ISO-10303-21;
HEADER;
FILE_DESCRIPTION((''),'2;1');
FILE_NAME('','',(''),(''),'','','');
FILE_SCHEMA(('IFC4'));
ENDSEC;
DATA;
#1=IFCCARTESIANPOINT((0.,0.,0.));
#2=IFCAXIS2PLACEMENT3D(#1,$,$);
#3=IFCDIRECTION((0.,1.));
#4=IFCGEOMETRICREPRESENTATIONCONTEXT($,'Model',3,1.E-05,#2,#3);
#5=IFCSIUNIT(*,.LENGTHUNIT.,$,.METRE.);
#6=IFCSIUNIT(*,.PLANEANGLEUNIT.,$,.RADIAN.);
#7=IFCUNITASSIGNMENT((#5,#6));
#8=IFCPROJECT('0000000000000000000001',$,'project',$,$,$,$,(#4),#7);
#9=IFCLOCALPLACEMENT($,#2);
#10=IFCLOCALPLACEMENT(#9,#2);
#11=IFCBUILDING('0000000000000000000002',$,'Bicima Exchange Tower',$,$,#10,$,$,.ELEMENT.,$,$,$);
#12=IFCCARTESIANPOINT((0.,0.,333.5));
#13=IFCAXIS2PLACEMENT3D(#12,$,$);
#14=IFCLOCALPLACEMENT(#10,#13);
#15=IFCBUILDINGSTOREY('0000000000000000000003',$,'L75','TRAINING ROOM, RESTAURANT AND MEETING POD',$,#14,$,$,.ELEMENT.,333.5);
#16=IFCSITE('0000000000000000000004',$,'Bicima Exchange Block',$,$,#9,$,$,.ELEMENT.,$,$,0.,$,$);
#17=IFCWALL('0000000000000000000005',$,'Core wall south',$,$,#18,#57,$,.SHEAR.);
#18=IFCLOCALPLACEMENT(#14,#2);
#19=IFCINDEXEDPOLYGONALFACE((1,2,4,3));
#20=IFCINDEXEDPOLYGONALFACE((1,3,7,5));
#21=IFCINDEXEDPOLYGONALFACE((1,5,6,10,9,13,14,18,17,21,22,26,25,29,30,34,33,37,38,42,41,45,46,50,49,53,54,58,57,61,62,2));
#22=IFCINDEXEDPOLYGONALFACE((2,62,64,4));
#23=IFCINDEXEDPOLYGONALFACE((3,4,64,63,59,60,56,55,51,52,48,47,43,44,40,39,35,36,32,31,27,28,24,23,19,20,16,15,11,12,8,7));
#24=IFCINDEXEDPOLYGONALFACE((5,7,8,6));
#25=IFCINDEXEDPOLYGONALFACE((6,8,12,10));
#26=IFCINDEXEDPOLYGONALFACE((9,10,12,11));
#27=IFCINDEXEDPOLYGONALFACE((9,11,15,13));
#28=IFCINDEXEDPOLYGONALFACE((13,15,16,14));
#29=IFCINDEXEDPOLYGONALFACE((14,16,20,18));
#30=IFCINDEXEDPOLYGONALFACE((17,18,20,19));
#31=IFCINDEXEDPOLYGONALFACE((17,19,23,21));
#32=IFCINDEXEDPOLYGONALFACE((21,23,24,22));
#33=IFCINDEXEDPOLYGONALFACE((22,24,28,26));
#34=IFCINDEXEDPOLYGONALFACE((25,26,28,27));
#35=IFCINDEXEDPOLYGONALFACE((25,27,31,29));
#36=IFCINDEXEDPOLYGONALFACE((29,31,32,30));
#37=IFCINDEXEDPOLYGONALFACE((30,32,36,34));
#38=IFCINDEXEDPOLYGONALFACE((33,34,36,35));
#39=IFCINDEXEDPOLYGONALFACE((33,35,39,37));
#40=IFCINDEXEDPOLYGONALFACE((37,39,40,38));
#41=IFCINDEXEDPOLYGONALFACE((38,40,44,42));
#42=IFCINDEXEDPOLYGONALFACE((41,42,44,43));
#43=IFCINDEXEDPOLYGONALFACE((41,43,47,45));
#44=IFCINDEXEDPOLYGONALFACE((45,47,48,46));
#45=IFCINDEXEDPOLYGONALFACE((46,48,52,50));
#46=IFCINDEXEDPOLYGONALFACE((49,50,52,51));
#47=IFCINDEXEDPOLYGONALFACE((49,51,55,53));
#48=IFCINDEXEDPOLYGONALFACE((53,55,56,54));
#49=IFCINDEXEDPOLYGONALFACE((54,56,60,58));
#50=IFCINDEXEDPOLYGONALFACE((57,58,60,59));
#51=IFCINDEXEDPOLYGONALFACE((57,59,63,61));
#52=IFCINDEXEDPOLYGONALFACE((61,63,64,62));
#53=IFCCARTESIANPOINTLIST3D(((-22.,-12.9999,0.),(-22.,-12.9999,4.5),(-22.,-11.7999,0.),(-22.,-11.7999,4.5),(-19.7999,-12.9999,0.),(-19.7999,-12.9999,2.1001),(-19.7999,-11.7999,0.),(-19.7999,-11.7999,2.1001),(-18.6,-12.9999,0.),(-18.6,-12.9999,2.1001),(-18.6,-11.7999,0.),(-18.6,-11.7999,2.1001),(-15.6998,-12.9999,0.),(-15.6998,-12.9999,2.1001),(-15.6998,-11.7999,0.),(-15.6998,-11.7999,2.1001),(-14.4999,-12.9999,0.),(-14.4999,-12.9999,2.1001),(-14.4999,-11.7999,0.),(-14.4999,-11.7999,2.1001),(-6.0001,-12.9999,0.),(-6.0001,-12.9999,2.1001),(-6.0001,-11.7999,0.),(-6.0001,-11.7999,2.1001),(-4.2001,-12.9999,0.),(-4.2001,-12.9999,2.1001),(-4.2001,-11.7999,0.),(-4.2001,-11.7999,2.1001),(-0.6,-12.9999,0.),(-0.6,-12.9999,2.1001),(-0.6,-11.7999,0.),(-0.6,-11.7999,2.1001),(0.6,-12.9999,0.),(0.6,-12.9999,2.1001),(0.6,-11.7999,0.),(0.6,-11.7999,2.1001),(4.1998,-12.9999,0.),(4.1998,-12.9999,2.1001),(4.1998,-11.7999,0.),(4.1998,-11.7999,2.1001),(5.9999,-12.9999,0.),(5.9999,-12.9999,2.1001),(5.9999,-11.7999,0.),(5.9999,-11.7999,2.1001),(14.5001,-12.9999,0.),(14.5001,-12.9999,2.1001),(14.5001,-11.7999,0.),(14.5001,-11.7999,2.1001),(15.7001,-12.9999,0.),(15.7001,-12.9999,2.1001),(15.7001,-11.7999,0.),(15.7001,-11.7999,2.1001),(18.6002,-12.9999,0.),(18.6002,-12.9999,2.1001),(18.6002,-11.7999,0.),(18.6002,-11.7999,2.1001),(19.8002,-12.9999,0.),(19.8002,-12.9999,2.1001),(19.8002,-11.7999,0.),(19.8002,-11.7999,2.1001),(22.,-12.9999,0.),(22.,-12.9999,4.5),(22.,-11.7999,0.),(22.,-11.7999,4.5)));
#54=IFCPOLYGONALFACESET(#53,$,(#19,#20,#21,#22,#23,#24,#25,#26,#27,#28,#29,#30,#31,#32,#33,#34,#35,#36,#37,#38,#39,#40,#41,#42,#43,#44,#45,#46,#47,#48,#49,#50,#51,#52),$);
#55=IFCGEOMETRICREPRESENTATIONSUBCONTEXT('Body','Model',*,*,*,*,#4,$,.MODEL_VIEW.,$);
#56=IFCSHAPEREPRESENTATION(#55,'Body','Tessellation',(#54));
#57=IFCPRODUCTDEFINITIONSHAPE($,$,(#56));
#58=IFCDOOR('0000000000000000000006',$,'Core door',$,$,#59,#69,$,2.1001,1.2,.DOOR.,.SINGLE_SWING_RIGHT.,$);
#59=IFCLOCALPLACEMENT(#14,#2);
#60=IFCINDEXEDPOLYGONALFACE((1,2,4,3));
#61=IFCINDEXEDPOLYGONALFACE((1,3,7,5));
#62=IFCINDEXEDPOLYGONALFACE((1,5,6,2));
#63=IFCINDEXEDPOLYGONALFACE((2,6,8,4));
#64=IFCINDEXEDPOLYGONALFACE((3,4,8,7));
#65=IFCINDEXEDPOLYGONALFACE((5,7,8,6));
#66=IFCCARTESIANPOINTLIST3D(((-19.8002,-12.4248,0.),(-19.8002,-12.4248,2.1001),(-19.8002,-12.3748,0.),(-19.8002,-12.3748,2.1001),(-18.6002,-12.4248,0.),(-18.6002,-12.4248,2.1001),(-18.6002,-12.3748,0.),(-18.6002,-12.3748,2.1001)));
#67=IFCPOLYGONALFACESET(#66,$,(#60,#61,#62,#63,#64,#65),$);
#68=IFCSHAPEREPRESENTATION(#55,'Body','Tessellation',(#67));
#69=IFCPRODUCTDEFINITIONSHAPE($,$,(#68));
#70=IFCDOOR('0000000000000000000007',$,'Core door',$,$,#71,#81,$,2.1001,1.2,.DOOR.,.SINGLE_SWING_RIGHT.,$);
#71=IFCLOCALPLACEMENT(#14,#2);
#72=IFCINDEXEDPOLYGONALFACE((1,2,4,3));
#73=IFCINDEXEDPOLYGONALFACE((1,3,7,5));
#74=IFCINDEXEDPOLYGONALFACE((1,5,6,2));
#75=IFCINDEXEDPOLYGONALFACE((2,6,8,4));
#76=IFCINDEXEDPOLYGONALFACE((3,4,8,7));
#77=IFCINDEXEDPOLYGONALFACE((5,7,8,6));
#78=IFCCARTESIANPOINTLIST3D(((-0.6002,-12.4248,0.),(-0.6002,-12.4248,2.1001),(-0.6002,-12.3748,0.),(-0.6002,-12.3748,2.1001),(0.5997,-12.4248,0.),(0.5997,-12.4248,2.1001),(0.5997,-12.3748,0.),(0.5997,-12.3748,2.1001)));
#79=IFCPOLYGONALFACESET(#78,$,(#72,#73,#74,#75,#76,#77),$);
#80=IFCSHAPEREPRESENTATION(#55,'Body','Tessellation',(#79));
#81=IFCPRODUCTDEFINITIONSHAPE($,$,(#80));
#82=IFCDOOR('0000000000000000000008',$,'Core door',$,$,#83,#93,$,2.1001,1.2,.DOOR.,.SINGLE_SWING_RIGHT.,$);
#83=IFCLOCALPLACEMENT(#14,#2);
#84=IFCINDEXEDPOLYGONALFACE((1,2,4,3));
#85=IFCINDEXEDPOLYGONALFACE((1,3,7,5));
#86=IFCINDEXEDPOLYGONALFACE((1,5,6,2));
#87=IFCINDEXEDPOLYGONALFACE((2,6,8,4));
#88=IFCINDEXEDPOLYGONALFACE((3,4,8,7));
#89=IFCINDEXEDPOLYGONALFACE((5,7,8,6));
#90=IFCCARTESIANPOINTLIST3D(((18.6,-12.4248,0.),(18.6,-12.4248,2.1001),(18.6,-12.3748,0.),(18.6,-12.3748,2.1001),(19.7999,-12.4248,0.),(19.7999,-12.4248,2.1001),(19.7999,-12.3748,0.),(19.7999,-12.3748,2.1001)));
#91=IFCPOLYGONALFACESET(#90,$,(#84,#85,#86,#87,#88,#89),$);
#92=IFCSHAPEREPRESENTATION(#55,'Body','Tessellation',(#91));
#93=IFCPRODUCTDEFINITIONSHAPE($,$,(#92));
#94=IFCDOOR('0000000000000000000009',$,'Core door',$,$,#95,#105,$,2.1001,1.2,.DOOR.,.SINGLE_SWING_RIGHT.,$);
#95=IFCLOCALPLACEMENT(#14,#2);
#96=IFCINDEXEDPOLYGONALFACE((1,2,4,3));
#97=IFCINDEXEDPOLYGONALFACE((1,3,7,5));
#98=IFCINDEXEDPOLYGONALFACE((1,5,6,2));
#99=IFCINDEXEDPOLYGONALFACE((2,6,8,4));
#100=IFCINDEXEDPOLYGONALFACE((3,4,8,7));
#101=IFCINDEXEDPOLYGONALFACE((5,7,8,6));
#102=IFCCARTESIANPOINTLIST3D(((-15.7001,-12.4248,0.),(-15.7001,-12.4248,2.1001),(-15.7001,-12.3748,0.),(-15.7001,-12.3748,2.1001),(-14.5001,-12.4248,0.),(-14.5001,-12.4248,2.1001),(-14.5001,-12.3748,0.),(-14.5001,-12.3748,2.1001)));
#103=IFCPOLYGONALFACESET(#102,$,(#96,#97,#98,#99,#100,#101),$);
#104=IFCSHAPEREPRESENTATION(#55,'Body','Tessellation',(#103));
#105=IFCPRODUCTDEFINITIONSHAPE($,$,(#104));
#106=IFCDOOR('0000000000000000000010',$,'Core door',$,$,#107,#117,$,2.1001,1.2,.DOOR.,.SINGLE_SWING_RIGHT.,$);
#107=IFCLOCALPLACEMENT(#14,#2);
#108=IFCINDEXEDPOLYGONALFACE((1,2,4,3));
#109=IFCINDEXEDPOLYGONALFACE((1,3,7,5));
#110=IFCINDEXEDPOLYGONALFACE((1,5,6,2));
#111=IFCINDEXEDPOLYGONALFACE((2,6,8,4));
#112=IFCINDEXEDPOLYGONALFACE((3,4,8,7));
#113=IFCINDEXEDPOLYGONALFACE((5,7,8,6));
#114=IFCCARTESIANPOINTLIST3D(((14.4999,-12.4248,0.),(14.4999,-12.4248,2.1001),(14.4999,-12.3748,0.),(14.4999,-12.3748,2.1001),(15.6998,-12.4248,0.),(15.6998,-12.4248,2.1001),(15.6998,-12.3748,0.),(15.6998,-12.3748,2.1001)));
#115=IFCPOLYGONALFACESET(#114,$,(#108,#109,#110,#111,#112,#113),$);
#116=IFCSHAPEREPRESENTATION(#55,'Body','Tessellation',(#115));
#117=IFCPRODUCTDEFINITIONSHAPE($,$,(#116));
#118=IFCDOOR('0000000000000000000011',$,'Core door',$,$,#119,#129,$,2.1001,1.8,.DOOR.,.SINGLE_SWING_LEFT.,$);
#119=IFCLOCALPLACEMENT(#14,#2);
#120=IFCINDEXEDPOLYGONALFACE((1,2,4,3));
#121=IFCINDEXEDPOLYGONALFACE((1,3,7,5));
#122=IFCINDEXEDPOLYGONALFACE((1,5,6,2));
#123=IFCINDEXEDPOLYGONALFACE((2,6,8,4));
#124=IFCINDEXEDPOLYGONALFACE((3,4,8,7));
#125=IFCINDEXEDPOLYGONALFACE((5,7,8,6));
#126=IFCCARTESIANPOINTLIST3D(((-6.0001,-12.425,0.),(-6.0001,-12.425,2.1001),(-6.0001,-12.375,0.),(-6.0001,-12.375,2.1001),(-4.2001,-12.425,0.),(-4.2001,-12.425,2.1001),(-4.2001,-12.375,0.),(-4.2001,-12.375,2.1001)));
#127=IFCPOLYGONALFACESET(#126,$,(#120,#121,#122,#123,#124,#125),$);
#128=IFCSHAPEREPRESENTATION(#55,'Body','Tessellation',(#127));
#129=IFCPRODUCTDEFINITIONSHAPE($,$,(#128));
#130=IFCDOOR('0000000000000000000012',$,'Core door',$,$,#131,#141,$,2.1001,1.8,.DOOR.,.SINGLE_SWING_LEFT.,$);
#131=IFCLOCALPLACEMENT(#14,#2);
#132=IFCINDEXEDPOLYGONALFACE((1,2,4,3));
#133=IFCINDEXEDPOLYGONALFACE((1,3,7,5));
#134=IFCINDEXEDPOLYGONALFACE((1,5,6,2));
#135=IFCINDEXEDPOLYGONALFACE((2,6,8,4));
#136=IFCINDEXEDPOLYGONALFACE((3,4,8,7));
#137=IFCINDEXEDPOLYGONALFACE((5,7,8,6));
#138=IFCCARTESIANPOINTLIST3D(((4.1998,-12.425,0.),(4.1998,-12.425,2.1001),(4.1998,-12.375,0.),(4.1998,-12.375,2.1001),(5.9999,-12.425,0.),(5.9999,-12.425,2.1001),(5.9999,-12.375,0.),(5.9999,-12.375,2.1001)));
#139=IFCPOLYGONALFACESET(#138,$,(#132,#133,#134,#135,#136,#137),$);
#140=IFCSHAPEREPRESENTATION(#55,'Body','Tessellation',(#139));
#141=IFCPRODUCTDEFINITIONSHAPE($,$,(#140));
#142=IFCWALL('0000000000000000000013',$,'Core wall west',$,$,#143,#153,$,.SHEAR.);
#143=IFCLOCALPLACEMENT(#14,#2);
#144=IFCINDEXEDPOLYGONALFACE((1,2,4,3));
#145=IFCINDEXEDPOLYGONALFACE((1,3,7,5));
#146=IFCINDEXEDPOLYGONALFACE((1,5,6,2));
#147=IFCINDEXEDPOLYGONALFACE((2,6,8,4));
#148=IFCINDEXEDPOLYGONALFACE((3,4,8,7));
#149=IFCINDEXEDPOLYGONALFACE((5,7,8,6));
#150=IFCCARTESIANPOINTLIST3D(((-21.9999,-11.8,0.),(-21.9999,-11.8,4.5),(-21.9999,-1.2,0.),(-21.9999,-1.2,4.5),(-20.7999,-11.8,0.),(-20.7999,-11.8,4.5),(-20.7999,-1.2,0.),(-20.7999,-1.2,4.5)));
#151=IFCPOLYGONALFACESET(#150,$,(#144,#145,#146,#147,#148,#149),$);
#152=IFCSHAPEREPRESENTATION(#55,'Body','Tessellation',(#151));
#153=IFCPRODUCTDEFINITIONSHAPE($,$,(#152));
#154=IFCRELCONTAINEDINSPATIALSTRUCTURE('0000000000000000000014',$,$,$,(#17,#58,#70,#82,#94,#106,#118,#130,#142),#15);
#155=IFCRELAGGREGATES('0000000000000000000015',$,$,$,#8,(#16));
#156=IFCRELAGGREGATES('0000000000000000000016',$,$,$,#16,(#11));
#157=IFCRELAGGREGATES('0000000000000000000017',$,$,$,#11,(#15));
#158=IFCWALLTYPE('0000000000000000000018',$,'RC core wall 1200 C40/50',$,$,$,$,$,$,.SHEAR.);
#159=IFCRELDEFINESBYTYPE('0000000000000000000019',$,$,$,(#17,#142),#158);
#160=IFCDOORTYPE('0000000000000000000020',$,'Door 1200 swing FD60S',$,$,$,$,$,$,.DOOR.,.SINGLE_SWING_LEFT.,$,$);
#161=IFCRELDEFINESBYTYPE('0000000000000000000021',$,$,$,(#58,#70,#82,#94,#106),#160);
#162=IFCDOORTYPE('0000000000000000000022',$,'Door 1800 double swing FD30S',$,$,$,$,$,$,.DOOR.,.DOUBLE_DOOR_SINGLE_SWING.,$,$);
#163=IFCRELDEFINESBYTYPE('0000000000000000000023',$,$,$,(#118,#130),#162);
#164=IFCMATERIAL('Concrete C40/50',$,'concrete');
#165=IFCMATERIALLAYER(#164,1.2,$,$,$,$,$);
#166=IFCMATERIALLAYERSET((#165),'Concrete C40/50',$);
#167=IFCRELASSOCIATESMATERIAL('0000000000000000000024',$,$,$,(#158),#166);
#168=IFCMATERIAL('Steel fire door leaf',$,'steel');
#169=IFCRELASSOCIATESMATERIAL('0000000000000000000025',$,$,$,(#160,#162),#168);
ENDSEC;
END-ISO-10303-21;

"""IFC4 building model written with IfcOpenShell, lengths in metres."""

from ifc_helpers import new_model, si_unit, direction, frame, frame_2d, origin, place, context, subcontext, project, spatial, rectangle, extrude, material, layer, layer_set, type_object, element, fill, save


model = new_model("IFC4")

# Units and contexts
model_context = context("Model", 3, precision=1e-05, world=origin(), true_north=direction((0.0, 1.0)))
body_context = subcontext(model_context, "Body", "Model", "MODEL_VIEW")
ifc_project = project(units=[si_unit("LENGTHUNIT", "METRE"), si_unit("PLANEANGLEUNIT", "RADIAN")], contexts=[model_context])

# Site, building, storey
site_placement = place(None, origin())
site = spatial("IfcSite", under=ifc_project, at=site_placement, Name="Bicima Exchange Block", CompositionType="ELEMENT", RefElevation=0.0)
building_placement = place(site_placement, origin())
building = spatial("IfcBuilding", under=site, at=building_placement, Name="Bicima Exchange Tower", CompositionType="ELEMENT")
storey_placement = place(building_placement, frame((0.0, 0.0, 333.5)))
storey = spatial("IfcBuildingStorey", under=building, at=storey_placement, Name="L75", Description="TRAINING ROOM, RESTAURANT AND MEETING POD", CompositionType="ELEMENT", Elevation=333.5)

# Wall, openings, doors
ifc_material_1 = material(Name="Concrete C40/50", Category="concrete")
ifc_layer_1 = layer(ifc_material_1, 1.2)
ifc_layer_set_1 = layer_set([ifc_layer_1], Name="Concrete C40/50")
wall_type_1 = type_object("IfcWallType", Name="RC core wall 1200 C40/50", PredefinedType="SHEAR", material=ifc_layer_set_1)
wall_1_placement = place(storey_placement, frame((-22.0, -12.3999, 0.0), z_axis=(0.0, 0.0, 1.0), x_axis=(1.0, 0.0, 0.0)))
wall_1 = element("IfcWall", 1, at=wall_1_placement, inside=storey, type_object=wall_type_1, Name="Core wall south", PredefinedType="SHEAR", context=body_context, shape_type="SweptSolid", body=[
    extrude(rectangle(XDim=44.0, YDim=1.2, at=frame_2d((22.0, 0.0))), origin(), (0.0, 0.0, 1.0), 4.5),
])
opening_1_placement = place(wall_1_placement, frame((2.2, 0.0, 0.0)))
opening_1 = element("IfcOpeningElement", 2, at=opening_1_placement, cuts=wall_1, PredefinedType="OPENING", context=body_context, shape_type="SweptSolid", body=[
    extrude(rectangle(XDim=1.2, YDim=2.1001, at=frame_2d((0.6001, 1.05))), frame((0.0, 0.6118, 0.0), z_axis=(0.0, -1.0, 0.0), x_axis=(1.0, 0.0, 0.0)), (0.0, 0.0, 1.0), 1.2239),
])
opening_2_placement = place(wall_1_placement, frame((21.3999, 0.0, 0.0)))
opening_2 = element("IfcOpeningElement", 3, at=opening_2_placement, cuts=wall_1, PredefinedType="OPENING", context=body_context, shape_type="SweptSolid", body=[
    extrude(rectangle(XDim=1.2, YDim=2.1001, at=frame_2d((0.6001, 1.05))), frame((0.0, 0.6118, 0.0), z_axis=(0.0, -1.0, 0.0), x_axis=(1.0, 0.0, 0.0)), (0.0, 0.0, 1.0), 1.2239),
])
opening_3_placement = place(wall_1_placement, frame((40.6001, 0.0, 0.0)))
opening_3 = element("IfcOpeningElement", 4, at=opening_3_placement, cuts=wall_1, PredefinedType="OPENING", context=body_context, shape_type="SweptSolid", body=[
    extrude(rectangle(XDim=1.2, YDim=2.1001, at=frame_2d((0.6001, 1.05))), frame((0.0, 0.6118, 0.0), z_axis=(0.0, -1.0, 0.0), x_axis=(1.0, 0.0, 0.0)), (0.0, 0.0, 1.0), 1.2239),
])
opening_4_placement = place(wall_1_placement, frame((16.0, 0.0, 0.0)))
opening_4 = element("IfcOpeningElement", 5, at=opening_4_placement, cuts=wall_1, PredefinedType="OPENING", context=body_context, shape_type="SweptSolid", body=[
    extrude(rectangle(XDim=1.8, YDim=2.1001, at=frame_2d((0.8999, 1.05))), frame((0.0, 0.6118, 0.0), z_axis=(0.0, -1.0, 0.0), x_axis=(1.0, 0.0, 0.0)), (0.0, 0.0, 1.0), 1.2239),
])
opening_5_placement = place(wall_1_placement, frame((6.3, 0.0, 0.0)))
opening_5 = element("IfcOpeningElement", 6, at=opening_5_placement, cuts=wall_1, PredefinedType="OPENING", context=body_context, shape_type="SweptSolid", body=[
    extrude(rectangle(XDim=1.2, YDim=2.1001, at=frame_2d((0.6001, 1.05))), frame((0.0, 0.6118, 0.0), z_axis=(0.0, -1.0, 0.0), x_axis=(1.0, 0.0, 0.0)), (0.0, 0.0, 1.0), 1.2239),
])
opening_6_placement = place(wall_1_placement, frame((26.2, 0.0, 0.0)))
opening_6 = element("IfcOpeningElement", 7, at=opening_6_placement, cuts=wall_1, PredefinedType="OPENING", context=body_context, shape_type="SweptSolid", body=[
    extrude(rectangle(XDim=1.8, YDim=2.1001, at=frame_2d((0.8999, 1.05))), frame((0.0, 0.6118, 0.0), z_axis=(0.0, -1.0, 0.0), x_axis=(1.0, 0.0, 0.0)), (0.0, 0.0, 1.0), 1.2239),
])
opening_7_placement = place(wall_1_placement, frame((36.5, 0.0, 0.0)))
opening_7 = element("IfcOpeningElement", 8, at=opening_7_placement, cuts=wall_1, PredefinedType="OPENING", context=body_context, shape_type="SweptSolid", body=[
    extrude(rectangle(XDim=1.2, YDim=2.1001, at=frame_2d((0.6001, 1.05))), frame((0.0, 0.6118, 0.0), z_axis=(0.0, -1.0, 0.0), x_axis=(1.0, 0.0, 0.0)), (0.0, 0.0, 1.0), 1.2239),
])
ifc_material_2 = material(Name="Steel fire door leaf", Category="steel")
door_type_1 = type_object("IfcDoorType", Name="Door 1200 swing FD60S", OperationType="SINGLE_SWING_LEFT", PredefinedType="DOOR", material=ifc_material_2)
door_1_placement = place(opening_1_placement, frame((1.2, 0.0, 0.0), z_axis=(0.0, 0.0, 1.0), x_axis=(-1.0, 0.0, 0.0)))
door_1 = element("IfcDoor", 9, at=door_1_placement, inside=storey, type_object=door_type_1, Name="Core door", OperationType="SINGLE_SWING_RIGHT", OverallHeight=2.1001, OverallWidth=1.2, PredefinedType="DOOR", context=body_context, shape_type="SweptSolid", body=[
    extrude(rectangle(XDim=1.2, YDim=2.1001, at=frame_2d((0.6001, 1.05))), frame((0.0, 0.0249, 0.0), z_axis=(0.0, -1.0, 0.0), x_axis=(1.0, 0.0, 0.0)), (0.0, 0.0, 1.0), 0.05),
])
fill(opening_1, door_1)
door_2_placement = place(opening_2_placement, frame((1.2, 0.0, 0.0), z_axis=(0.0, 0.0, 1.0), x_axis=(-1.0, 0.0, 0.0)))
door_2 = element("IfcDoor", 10, at=door_2_placement, inside=storey, type_object=door_type_1, Name="Core door", OperationType="SINGLE_SWING_RIGHT", OverallHeight=2.1001, OverallWidth=1.2, PredefinedType="DOOR", context=body_context, shape_type="SweptSolid", body=[
    extrude(rectangle(XDim=1.2, YDim=2.1001, at=frame_2d((0.6001, 1.05))), frame((0.0, 0.0249, 0.0), z_axis=(0.0, -1.0, 0.0), x_axis=(1.0, 0.0, 0.0)), (0.0, 0.0, 1.0), 0.05),
])
fill(opening_2, door_2)
door_3_placement = place(opening_3_placement, frame((1.2, 0.0, 0.0), z_axis=(0.0, 0.0, 1.0), x_axis=(-1.0, 0.0, 0.0)))
door_3 = element("IfcDoor", 11, at=door_3_placement, inside=storey, type_object=door_type_1, Name="Core door", OperationType="SINGLE_SWING_RIGHT", OverallHeight=2.1001, OverallWidth=1.2, PredefinedType="DOOR", context=body_context, shape_type="SweptSolid", body=[
    extrude(rectangle(XDim=1.2, YDim=2.1001, at=frame_2d((0.6001, 1.05))), frame((0.0, 0.0249, 0.0), z_axis=(0.0, -1.0, 0.0), x_axis=(1.0, 0.0, 0.0)), (0.0, 0.0, 1.0), 0.05),
])
fill(opening_3, door_3)
door_4_placement = place(opening_5_placement, frame((1.2, 0.0, 0.0), z_axis=(0.0, 0.0, 1.0), x_axis=(-1.0, 0.0, 0.0)))
door_4 = element("IfcDoor", 12, at=door_4_placement, inside=storey, type_object=door_type_1, Name="Core door", OperationType="SINGLE_SWING_RIGHT", OverallHeight=2.1001, OverallWidth=1.2, PredefinedType="DOOR", context=body_context, shape_type="SweptSolid", body=[
    extrude(rectangle(XDim=1.2, YDim=2.1001, at=frame_2d((0.6001, 1.05))), frame((0.0, 0.0249, 0.0), z_axis=(0.0, -1.0, 0.0), x_axis=(1.0, 0.0, 0.0)), (0.0, 0.0, 1.0), 0.05),
])
fill(opening_5, door_4)
door_5_placement = place(opening_7_placement, frame((1.2, 0.0, 0.0), z_axis=(0.0, 0.0, 1.0), x_axis=(-1.0, 0.0, 0.0)))
door_5 = element("IfcDoor", 13, at=door_5_placement, inside=storey, type_object=door_type_1, Name="Core door", OperationType="SINGLE_SWING_RIGHT", OverallHeight=2.1001, OverallWidth=1.2, PredefinedType="DOOR", context=body_context, shape_type="SweptSolid", body=[
    extrude(rectangle(XDim=1.2, YDim=2.1001, at=frame_2d((0.6001, 1.05))), frame((0.0, 0.0249, 0.0), z_axis=(0.0, -1.0, 0.0), x_axis=(1.0, 0.0, 0.0)), (0.0, 0.0, 1.0), 0.05),
])
fill(opening_7, door_5)
door_type_2 = type_object("IfcDoorType", Name="Door 1800 double swing FD30S", OperationType="DOUBLE_DOOR_SINGLE_SWING", PredefinedType="DOOR", material=ifc_material_2)
door_6_placement = place(opening_4_placement, origin())
door_6 = element("IfcDoor", 14, at=door_6_placement, inside=storey, type_object=door_type_2, Name="Core door", OperationType="SINGLE_SWING_LEFT", OverallHeight=2.1001, OverallWidth=1.8, PredefinedType="DOOR", context=body_context, shape_type="SweptSolid", body=[
    extrude(rectangle(XDim=1.8, YDim=2.1001, at=frame_2d((0.8999, 1.05))), frame((0.0, 0.0249, 0.0), z_axis=(0.0, -1.0, 0.0), x_axis=(1.0, 0.0, 0.0)), (0.0, 0.0, 1.0), 0.05),
])
fill(opening_4, door_6)
door_7_placement = place(opening_6_placement, origin())
door_7 = element("IfcDoor", 15, at=door_7_placement, inside=storey, type_object=door_type_2, Name="Core door", OperationType="SINGLE_SWING_LEFT", OverallHeight=2.1001, OverallWidth=1.8, PredefinedType="DOOR", context=body_context, shape_type="SweptSolid", body=[
    extrude(rectangle(XDim=1.8, YDim=2.1001, at=frame_2d((0.8999, 1.05))), frame((0.0, 0.0249, 0.0), z_axis=(0.0, -1.0, 0.0), x_axis=(1.0, 0.0, 0.0)), (0.0, 0.0, 1.0), 0.05),
])
fill(opening_6, door_7)

# Wall
wall_2_placement = place(storey_placement, frame((-21.3999, -11.8, 0.0), z_axis=(0.0, 0.0, 1.0), x_axis=(0.0, 1.0, 0.0)))
element("IfcWall", 16, at=wall_2_placement, inside=storey, type_object=wall_type_1, Name="Core wall west", PredefinedType="SHEAR", context=body_context, shape_type="SweptSolid", body=[
    extrude(rectangle(XDim=10.6001, YDim=1.2, at=frame_2d((5.3, 0.0))), origin(), (0.0, 0.0, 1.0), 4.5),
])

save(model, "model.ifc")
